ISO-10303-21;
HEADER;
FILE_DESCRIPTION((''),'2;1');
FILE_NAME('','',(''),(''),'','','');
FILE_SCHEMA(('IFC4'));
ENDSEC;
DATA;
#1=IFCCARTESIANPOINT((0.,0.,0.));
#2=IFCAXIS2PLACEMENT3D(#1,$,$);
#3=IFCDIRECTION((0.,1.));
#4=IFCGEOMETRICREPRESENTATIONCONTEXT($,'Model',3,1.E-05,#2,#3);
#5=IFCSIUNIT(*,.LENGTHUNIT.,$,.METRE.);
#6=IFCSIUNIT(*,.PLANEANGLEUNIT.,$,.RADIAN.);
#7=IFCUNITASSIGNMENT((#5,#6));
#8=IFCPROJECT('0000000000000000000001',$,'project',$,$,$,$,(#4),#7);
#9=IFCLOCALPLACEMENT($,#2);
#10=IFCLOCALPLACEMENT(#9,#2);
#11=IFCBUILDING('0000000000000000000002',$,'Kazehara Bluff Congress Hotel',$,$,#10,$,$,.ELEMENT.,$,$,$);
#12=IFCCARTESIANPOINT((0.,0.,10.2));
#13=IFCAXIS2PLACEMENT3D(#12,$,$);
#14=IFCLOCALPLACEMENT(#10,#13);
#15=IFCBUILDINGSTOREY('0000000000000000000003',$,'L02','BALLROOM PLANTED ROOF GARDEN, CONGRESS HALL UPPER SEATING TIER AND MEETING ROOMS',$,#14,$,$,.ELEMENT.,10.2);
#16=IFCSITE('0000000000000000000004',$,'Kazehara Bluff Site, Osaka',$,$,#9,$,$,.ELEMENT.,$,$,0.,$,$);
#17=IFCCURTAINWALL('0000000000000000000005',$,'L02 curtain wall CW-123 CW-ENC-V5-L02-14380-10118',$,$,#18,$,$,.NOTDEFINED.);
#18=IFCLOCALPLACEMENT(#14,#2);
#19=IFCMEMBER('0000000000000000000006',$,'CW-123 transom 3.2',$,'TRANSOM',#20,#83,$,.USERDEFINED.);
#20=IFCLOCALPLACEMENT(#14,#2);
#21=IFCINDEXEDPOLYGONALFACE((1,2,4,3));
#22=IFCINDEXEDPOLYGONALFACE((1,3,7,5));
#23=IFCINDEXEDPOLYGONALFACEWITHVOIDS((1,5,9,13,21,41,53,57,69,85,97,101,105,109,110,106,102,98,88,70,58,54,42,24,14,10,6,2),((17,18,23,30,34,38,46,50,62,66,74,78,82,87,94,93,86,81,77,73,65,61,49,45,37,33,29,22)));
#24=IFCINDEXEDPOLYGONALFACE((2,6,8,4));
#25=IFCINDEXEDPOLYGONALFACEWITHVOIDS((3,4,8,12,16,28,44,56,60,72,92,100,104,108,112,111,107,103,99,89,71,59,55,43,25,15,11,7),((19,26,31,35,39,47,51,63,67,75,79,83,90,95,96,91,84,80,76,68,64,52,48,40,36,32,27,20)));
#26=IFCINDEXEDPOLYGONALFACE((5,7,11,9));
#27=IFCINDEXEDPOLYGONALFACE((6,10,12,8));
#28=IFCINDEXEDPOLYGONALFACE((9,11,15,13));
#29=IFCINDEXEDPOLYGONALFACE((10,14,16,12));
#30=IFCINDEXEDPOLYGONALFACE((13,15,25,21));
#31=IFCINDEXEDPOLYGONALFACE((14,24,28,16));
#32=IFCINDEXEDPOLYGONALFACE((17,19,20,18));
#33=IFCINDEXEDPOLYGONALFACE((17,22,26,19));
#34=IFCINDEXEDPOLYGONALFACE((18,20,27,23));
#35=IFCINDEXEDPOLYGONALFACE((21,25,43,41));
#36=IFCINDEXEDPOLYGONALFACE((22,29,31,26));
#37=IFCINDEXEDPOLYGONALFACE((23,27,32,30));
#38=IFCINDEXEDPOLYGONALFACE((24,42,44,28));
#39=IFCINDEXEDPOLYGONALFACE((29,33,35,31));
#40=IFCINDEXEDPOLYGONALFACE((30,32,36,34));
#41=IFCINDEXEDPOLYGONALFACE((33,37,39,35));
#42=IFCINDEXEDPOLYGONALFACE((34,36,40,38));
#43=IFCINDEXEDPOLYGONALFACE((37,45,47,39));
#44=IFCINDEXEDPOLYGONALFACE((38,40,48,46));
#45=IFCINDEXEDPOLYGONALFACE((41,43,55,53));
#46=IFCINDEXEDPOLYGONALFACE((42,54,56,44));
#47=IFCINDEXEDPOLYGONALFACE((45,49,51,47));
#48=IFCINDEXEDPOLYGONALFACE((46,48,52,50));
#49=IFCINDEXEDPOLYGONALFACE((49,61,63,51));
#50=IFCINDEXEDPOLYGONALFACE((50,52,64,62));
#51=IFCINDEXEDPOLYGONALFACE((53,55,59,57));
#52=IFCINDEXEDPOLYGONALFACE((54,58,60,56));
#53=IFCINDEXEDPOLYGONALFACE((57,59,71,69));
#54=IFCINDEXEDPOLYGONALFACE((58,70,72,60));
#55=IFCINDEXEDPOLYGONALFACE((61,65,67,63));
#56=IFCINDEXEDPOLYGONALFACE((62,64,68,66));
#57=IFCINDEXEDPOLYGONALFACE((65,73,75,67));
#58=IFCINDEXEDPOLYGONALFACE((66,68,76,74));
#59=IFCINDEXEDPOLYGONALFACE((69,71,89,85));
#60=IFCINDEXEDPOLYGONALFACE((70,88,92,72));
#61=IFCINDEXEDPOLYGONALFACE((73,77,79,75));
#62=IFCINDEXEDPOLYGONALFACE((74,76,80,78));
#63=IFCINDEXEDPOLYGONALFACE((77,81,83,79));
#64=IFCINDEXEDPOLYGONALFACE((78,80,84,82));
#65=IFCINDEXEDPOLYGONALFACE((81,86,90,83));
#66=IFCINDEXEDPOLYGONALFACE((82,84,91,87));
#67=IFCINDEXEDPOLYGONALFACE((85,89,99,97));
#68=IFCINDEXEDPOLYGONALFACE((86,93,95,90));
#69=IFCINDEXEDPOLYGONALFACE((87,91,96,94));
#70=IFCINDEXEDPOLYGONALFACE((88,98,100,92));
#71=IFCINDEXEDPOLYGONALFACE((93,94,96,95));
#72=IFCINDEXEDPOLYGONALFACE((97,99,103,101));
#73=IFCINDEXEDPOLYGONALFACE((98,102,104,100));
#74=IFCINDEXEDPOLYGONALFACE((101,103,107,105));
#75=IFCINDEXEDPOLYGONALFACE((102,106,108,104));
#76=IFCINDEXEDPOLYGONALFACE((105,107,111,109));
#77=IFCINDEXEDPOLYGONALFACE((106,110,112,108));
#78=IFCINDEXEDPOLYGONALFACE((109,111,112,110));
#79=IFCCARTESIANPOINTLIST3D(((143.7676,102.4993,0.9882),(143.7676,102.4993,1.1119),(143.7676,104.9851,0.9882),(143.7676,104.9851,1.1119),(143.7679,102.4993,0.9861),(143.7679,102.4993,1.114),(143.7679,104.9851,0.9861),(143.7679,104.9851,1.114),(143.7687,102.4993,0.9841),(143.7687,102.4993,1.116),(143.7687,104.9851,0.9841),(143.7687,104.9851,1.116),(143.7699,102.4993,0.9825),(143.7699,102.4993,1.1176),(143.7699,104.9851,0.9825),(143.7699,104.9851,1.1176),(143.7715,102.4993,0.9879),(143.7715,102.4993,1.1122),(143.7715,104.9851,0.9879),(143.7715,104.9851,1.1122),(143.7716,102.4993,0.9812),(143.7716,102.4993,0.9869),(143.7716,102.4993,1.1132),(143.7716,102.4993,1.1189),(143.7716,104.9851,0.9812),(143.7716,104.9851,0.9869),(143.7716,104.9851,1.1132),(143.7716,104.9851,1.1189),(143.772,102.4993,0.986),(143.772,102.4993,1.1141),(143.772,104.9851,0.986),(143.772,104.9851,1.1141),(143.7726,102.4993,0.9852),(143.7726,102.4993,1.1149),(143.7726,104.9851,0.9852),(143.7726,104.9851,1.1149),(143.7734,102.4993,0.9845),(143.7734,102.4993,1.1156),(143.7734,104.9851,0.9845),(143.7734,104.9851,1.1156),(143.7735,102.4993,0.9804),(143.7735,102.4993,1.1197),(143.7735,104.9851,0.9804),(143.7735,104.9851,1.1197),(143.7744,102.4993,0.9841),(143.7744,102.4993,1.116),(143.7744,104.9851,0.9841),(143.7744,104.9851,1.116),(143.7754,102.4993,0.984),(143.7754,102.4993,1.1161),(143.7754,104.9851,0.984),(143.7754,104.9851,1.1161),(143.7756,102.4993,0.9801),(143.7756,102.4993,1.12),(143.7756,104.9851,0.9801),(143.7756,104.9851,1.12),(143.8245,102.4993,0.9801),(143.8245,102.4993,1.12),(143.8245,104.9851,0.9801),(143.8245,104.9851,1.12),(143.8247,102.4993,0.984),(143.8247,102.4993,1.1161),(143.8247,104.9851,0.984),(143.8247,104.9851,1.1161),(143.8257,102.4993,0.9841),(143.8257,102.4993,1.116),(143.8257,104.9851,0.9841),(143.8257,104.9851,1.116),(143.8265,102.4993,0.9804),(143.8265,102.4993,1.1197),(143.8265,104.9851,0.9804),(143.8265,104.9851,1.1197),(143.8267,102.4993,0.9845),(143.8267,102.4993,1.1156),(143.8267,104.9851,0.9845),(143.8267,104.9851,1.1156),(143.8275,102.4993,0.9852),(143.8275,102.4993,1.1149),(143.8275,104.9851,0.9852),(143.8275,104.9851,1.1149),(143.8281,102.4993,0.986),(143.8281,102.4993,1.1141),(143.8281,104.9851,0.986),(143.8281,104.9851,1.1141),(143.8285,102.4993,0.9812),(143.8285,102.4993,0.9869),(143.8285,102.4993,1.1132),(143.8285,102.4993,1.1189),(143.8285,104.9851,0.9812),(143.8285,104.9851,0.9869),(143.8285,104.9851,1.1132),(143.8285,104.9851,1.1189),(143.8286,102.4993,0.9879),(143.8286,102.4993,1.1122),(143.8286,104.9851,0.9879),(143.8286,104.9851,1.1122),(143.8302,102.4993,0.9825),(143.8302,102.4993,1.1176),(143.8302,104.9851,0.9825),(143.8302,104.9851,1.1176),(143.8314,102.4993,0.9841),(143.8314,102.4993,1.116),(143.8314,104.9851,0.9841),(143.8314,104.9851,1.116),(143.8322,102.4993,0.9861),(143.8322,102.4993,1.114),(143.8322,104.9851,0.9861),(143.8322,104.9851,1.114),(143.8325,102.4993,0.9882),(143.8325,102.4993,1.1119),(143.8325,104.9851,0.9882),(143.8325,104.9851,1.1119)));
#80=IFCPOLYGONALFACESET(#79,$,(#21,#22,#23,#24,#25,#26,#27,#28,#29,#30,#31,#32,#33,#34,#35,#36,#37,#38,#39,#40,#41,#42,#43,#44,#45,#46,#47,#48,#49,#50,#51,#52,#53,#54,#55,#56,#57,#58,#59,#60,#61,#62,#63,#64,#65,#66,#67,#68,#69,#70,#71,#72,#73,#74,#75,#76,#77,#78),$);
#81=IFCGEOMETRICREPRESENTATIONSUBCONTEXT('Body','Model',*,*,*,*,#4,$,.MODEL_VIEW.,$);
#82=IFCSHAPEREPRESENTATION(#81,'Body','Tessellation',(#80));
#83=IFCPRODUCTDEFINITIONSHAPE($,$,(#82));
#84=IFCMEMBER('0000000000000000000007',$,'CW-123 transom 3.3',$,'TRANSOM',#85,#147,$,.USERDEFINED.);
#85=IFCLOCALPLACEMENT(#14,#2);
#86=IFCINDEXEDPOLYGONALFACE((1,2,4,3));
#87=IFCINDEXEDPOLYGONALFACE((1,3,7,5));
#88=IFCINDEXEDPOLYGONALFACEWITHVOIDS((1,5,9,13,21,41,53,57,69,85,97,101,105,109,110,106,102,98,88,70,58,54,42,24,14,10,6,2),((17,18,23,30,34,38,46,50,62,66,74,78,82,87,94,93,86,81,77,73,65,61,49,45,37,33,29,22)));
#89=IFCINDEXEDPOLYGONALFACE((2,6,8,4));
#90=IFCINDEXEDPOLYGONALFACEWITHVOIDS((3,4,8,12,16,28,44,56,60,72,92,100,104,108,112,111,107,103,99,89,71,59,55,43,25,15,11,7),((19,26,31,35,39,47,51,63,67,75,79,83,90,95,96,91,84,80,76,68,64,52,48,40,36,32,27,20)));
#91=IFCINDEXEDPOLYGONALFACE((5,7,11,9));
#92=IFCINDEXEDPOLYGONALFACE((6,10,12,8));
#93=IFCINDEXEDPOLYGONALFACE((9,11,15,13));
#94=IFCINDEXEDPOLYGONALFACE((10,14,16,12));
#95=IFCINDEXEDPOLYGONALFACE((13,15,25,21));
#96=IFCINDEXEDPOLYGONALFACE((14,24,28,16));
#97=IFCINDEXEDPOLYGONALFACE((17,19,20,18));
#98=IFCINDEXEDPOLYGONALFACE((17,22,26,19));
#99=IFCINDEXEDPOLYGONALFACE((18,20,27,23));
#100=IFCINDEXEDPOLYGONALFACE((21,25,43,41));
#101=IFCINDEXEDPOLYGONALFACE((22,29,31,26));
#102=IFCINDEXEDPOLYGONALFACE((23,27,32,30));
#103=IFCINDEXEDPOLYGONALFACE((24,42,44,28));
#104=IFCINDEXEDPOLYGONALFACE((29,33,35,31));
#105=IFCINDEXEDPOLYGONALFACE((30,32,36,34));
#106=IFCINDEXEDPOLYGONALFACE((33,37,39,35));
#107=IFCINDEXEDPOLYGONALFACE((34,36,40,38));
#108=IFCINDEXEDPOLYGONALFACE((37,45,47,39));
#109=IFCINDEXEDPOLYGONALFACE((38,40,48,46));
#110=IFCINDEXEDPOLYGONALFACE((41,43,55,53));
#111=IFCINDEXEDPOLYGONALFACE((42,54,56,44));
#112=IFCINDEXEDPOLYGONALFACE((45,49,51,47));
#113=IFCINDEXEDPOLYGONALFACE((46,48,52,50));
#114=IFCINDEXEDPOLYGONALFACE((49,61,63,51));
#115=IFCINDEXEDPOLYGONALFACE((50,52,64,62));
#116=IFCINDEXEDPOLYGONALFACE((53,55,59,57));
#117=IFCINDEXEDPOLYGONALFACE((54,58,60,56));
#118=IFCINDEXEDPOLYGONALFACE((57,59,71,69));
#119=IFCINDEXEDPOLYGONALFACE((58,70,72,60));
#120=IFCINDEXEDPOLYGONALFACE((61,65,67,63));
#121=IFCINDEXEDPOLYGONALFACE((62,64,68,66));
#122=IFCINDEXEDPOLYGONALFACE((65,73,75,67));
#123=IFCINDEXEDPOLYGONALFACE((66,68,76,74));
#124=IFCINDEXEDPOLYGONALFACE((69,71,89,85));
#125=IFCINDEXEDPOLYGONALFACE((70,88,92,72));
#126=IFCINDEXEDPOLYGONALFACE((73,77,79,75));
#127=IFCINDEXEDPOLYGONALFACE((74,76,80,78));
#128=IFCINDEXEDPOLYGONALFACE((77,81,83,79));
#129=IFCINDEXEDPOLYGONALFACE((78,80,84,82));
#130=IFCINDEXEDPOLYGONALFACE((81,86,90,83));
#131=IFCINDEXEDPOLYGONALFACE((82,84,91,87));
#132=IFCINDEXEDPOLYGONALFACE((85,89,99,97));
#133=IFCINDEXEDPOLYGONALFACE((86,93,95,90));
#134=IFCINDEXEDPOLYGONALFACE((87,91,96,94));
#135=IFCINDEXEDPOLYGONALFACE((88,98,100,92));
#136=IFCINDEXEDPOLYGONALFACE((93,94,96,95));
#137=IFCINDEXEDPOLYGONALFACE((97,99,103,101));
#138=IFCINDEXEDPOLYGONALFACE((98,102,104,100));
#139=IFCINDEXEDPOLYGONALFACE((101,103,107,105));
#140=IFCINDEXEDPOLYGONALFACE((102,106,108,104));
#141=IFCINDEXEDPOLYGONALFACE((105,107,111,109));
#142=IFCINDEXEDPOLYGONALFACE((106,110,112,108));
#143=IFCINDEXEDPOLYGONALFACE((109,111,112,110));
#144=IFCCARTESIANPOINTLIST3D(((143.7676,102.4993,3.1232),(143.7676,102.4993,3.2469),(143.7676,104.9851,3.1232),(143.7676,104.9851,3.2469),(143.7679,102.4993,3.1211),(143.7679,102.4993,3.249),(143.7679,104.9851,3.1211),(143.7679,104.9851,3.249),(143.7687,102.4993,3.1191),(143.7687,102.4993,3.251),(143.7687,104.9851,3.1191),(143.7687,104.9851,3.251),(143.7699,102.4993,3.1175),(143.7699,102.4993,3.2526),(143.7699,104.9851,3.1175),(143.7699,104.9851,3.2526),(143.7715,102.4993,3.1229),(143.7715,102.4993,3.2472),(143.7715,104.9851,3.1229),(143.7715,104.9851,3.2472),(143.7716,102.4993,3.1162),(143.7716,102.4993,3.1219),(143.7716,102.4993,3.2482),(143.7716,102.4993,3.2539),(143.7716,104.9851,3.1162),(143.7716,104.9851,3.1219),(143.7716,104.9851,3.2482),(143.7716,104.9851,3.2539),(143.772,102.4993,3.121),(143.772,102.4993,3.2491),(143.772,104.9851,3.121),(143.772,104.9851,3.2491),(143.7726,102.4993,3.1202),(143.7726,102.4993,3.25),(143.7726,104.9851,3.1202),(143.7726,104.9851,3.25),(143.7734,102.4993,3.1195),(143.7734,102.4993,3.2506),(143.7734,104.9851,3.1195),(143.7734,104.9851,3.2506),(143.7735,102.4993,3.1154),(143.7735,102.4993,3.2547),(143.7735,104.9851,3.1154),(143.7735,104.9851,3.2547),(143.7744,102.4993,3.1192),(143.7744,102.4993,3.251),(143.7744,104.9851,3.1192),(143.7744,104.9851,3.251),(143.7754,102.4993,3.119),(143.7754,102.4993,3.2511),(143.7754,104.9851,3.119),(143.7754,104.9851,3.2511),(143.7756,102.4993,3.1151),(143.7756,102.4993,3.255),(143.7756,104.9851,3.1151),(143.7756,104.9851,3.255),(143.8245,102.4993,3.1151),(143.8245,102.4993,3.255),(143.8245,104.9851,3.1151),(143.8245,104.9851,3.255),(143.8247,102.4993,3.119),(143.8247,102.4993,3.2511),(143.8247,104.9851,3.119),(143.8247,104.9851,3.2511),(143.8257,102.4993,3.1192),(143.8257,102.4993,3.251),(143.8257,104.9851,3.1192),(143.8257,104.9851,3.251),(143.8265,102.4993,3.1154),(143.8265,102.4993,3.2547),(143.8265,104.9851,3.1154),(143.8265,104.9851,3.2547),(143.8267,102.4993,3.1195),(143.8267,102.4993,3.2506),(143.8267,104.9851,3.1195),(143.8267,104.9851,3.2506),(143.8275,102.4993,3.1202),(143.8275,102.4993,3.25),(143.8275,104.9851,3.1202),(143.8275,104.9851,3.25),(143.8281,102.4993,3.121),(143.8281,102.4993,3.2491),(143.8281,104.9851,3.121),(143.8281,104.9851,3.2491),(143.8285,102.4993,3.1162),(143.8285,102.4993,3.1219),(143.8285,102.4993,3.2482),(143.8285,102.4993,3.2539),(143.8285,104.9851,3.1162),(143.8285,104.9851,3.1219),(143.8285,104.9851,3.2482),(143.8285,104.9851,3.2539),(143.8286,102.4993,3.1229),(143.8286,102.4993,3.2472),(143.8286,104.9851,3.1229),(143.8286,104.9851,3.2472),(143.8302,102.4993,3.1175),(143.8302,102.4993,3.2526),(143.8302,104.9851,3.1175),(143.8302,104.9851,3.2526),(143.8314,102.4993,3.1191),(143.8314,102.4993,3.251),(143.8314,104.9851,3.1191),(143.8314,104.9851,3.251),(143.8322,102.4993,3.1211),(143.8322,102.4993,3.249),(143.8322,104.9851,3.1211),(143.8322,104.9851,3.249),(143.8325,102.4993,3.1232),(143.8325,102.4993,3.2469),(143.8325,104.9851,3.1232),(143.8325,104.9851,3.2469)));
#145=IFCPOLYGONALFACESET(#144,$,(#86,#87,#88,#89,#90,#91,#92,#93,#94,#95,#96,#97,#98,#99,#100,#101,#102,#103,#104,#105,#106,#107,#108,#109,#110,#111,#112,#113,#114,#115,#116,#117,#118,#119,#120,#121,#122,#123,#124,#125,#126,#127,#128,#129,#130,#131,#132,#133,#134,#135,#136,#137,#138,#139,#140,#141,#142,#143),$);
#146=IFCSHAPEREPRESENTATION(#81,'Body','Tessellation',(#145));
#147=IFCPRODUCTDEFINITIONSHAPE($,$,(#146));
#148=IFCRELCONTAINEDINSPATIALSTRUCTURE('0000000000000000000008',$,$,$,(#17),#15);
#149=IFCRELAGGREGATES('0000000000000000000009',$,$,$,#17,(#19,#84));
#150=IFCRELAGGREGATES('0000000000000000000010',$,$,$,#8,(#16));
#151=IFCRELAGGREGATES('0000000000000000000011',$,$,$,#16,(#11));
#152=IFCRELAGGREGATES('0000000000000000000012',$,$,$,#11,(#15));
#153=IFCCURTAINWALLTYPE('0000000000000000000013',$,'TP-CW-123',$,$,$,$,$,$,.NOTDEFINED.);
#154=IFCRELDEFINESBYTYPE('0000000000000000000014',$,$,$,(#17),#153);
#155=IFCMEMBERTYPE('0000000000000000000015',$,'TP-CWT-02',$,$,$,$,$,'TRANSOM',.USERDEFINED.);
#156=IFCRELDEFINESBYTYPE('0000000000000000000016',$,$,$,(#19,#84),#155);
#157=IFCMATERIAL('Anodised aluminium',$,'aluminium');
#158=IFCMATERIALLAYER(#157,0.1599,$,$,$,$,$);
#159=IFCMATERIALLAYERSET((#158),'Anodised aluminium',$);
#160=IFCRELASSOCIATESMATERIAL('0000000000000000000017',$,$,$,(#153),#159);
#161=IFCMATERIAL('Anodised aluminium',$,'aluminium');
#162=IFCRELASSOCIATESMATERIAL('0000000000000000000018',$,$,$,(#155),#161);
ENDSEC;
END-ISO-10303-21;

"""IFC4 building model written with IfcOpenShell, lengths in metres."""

from ifc_helpers import new_model, si_unit, direction, frame, origin, origin_2d, place, context, subcontext, project, spatial, hollow_rectangle, extrude, material, layer, layer_set, material_profile, profile_set, type_object, element, aggregate, save


model = new_model("IFC4")

# Units and contexts
model_context = context("Model", 3, precision=1e-05, world=origin(), true_north=direction((0.0, 1.0)))
body_context = subcontext(model_context, "Body", "Model", "MODEL_VIEW")
ifc_project = project(units=[si_unit("LENGTHUNIT", "METRE"), si_unit("PLANEANGLEUNIT", "RADIAN")], contexts=[model_context])

# Site, building, storey
site_placement = place(None, origin())
site = spatial("IfcSite", under=ifc_project, at=site_placement, Name="Kazehara Bluff Site, Osaka", CompositionType="ELEMENT", RefElevation=0.0)
building_placement = place(site_placement, origin())
building = spatial("IfcBuilding", under=site, at=building_placement, Name="Kazehara Bluff Congress Hotel", CompositionType="ELEMENT")
storey_placement = place(building_placement, frame((0.0, 0.0, 10.2)))
storey = spatial("IfcBuildingStorey", under=building, at=storey_placement, Name="L02", Description="BALLROOM PLANTED ROOF GARDEN, CONGRESS HALL UPPER SEATING TIER AND MEETING ROOMS", CompositionType="ELEMENT", Elevation=10.2)

# Curtain wall
ifc_material_1 = material(Name="Anodised aluminium", Category="aluminium")
ifc_layer_1 = layer(ifc_material_1, 0.1599)
ifc_layer_set_1 = layer_set([ifc_layer_1], Name="Anodised aluminium")
curtain_wall_type_1 = type_object("IfcCurtainWallType", Name="TP-CW-123", PredefinedType="NOTDEFINED", material=ifc_layer_set_1)
curtain_wall_1_placement = place(storey_placement, origin())
curtain_wall_1 = element("IfcCurtainWall", 1, at=curtain_wall_1_placement, inside=storey, type_object=curtain_wall_type_1, Name="L02 curtain wall CW-123 CW-ENC-V5-L02-14380-10118", PredefinedType="NOTDEFINED")

# Members
ifc_material_2 = material(Name="Anodised aluminium", Category="aluminium")
ifc_material_profile_1 = material_profile(ifc_material_2, hollow_rectangle(XDim=0.0649, YDim=0.1399, WallThickness=0.0039, InnerFilletRadius=0.0039, OuterFilletRadius=0.0081, at=origin_2d()))
ifc_profile_set_1 = profile_set([ifc_material_profile_1], Name="Anodised aluminium")
member_type_1 = type_object("IfcMemberType", Name="TP-CWT-02", ElementType="TRANSOM", PredefinedType="USERDEFINED", material=ifc_profile_set_1)
member_1_placement = place(storey_placement, frame((143.8, 102.4993, 1.05), z_axis=(0.0, 1.0, 0.0), x_axis=(-1.0, 0.0, 0.0)))
member_1 = element("IfcMember", 2, at=member_1_placement, type_object=member_type_1, Name="CW-123 transom 3.2", ObjectType="TRANSOM", PredefinedType="USERDEFINED", context=body_context, shape_type="SweptSolid", body=[
    extrude(hollow_rectangle(XDim=0.0649, YDim=0.1399, WallThickness=0.0039, InnerFilletRadius=0.0039, OuterFilletRadius=0.0081, at=origin_2d()), origin(), (0.0, 0.0, 1.0), 2.4858),
])
member_2_placement = place(storey_placement, frame((143.8, 102.4993, 3.1851), z_axis=(0.0, 1.0, 0.0), x_axis=(-1.0, 0.0, 0.0)))
member_2 = element("IfcMember", 3, at=member_2_placement, type_object=member_type_1, Name="CW-123 transom 3.3", ObjectType="TRANSOM", PredefinedType="USERDEFINED", context=body_context, shape_type="SweptSolid", body=[
    extrude(hollow_rectangle(XDim=0.0649, YDim=0.1399, WallThickness=0.0039, InnerFilletRadius=0.0039, OuterFilletRadius=0.0081, at=origin_2d()), origin(), (0.0, 0.0, 1.0), 2.4858),
])

aggregate(curtain_wall_1, [member_1, member_2])

save(model, "model.ifc")
